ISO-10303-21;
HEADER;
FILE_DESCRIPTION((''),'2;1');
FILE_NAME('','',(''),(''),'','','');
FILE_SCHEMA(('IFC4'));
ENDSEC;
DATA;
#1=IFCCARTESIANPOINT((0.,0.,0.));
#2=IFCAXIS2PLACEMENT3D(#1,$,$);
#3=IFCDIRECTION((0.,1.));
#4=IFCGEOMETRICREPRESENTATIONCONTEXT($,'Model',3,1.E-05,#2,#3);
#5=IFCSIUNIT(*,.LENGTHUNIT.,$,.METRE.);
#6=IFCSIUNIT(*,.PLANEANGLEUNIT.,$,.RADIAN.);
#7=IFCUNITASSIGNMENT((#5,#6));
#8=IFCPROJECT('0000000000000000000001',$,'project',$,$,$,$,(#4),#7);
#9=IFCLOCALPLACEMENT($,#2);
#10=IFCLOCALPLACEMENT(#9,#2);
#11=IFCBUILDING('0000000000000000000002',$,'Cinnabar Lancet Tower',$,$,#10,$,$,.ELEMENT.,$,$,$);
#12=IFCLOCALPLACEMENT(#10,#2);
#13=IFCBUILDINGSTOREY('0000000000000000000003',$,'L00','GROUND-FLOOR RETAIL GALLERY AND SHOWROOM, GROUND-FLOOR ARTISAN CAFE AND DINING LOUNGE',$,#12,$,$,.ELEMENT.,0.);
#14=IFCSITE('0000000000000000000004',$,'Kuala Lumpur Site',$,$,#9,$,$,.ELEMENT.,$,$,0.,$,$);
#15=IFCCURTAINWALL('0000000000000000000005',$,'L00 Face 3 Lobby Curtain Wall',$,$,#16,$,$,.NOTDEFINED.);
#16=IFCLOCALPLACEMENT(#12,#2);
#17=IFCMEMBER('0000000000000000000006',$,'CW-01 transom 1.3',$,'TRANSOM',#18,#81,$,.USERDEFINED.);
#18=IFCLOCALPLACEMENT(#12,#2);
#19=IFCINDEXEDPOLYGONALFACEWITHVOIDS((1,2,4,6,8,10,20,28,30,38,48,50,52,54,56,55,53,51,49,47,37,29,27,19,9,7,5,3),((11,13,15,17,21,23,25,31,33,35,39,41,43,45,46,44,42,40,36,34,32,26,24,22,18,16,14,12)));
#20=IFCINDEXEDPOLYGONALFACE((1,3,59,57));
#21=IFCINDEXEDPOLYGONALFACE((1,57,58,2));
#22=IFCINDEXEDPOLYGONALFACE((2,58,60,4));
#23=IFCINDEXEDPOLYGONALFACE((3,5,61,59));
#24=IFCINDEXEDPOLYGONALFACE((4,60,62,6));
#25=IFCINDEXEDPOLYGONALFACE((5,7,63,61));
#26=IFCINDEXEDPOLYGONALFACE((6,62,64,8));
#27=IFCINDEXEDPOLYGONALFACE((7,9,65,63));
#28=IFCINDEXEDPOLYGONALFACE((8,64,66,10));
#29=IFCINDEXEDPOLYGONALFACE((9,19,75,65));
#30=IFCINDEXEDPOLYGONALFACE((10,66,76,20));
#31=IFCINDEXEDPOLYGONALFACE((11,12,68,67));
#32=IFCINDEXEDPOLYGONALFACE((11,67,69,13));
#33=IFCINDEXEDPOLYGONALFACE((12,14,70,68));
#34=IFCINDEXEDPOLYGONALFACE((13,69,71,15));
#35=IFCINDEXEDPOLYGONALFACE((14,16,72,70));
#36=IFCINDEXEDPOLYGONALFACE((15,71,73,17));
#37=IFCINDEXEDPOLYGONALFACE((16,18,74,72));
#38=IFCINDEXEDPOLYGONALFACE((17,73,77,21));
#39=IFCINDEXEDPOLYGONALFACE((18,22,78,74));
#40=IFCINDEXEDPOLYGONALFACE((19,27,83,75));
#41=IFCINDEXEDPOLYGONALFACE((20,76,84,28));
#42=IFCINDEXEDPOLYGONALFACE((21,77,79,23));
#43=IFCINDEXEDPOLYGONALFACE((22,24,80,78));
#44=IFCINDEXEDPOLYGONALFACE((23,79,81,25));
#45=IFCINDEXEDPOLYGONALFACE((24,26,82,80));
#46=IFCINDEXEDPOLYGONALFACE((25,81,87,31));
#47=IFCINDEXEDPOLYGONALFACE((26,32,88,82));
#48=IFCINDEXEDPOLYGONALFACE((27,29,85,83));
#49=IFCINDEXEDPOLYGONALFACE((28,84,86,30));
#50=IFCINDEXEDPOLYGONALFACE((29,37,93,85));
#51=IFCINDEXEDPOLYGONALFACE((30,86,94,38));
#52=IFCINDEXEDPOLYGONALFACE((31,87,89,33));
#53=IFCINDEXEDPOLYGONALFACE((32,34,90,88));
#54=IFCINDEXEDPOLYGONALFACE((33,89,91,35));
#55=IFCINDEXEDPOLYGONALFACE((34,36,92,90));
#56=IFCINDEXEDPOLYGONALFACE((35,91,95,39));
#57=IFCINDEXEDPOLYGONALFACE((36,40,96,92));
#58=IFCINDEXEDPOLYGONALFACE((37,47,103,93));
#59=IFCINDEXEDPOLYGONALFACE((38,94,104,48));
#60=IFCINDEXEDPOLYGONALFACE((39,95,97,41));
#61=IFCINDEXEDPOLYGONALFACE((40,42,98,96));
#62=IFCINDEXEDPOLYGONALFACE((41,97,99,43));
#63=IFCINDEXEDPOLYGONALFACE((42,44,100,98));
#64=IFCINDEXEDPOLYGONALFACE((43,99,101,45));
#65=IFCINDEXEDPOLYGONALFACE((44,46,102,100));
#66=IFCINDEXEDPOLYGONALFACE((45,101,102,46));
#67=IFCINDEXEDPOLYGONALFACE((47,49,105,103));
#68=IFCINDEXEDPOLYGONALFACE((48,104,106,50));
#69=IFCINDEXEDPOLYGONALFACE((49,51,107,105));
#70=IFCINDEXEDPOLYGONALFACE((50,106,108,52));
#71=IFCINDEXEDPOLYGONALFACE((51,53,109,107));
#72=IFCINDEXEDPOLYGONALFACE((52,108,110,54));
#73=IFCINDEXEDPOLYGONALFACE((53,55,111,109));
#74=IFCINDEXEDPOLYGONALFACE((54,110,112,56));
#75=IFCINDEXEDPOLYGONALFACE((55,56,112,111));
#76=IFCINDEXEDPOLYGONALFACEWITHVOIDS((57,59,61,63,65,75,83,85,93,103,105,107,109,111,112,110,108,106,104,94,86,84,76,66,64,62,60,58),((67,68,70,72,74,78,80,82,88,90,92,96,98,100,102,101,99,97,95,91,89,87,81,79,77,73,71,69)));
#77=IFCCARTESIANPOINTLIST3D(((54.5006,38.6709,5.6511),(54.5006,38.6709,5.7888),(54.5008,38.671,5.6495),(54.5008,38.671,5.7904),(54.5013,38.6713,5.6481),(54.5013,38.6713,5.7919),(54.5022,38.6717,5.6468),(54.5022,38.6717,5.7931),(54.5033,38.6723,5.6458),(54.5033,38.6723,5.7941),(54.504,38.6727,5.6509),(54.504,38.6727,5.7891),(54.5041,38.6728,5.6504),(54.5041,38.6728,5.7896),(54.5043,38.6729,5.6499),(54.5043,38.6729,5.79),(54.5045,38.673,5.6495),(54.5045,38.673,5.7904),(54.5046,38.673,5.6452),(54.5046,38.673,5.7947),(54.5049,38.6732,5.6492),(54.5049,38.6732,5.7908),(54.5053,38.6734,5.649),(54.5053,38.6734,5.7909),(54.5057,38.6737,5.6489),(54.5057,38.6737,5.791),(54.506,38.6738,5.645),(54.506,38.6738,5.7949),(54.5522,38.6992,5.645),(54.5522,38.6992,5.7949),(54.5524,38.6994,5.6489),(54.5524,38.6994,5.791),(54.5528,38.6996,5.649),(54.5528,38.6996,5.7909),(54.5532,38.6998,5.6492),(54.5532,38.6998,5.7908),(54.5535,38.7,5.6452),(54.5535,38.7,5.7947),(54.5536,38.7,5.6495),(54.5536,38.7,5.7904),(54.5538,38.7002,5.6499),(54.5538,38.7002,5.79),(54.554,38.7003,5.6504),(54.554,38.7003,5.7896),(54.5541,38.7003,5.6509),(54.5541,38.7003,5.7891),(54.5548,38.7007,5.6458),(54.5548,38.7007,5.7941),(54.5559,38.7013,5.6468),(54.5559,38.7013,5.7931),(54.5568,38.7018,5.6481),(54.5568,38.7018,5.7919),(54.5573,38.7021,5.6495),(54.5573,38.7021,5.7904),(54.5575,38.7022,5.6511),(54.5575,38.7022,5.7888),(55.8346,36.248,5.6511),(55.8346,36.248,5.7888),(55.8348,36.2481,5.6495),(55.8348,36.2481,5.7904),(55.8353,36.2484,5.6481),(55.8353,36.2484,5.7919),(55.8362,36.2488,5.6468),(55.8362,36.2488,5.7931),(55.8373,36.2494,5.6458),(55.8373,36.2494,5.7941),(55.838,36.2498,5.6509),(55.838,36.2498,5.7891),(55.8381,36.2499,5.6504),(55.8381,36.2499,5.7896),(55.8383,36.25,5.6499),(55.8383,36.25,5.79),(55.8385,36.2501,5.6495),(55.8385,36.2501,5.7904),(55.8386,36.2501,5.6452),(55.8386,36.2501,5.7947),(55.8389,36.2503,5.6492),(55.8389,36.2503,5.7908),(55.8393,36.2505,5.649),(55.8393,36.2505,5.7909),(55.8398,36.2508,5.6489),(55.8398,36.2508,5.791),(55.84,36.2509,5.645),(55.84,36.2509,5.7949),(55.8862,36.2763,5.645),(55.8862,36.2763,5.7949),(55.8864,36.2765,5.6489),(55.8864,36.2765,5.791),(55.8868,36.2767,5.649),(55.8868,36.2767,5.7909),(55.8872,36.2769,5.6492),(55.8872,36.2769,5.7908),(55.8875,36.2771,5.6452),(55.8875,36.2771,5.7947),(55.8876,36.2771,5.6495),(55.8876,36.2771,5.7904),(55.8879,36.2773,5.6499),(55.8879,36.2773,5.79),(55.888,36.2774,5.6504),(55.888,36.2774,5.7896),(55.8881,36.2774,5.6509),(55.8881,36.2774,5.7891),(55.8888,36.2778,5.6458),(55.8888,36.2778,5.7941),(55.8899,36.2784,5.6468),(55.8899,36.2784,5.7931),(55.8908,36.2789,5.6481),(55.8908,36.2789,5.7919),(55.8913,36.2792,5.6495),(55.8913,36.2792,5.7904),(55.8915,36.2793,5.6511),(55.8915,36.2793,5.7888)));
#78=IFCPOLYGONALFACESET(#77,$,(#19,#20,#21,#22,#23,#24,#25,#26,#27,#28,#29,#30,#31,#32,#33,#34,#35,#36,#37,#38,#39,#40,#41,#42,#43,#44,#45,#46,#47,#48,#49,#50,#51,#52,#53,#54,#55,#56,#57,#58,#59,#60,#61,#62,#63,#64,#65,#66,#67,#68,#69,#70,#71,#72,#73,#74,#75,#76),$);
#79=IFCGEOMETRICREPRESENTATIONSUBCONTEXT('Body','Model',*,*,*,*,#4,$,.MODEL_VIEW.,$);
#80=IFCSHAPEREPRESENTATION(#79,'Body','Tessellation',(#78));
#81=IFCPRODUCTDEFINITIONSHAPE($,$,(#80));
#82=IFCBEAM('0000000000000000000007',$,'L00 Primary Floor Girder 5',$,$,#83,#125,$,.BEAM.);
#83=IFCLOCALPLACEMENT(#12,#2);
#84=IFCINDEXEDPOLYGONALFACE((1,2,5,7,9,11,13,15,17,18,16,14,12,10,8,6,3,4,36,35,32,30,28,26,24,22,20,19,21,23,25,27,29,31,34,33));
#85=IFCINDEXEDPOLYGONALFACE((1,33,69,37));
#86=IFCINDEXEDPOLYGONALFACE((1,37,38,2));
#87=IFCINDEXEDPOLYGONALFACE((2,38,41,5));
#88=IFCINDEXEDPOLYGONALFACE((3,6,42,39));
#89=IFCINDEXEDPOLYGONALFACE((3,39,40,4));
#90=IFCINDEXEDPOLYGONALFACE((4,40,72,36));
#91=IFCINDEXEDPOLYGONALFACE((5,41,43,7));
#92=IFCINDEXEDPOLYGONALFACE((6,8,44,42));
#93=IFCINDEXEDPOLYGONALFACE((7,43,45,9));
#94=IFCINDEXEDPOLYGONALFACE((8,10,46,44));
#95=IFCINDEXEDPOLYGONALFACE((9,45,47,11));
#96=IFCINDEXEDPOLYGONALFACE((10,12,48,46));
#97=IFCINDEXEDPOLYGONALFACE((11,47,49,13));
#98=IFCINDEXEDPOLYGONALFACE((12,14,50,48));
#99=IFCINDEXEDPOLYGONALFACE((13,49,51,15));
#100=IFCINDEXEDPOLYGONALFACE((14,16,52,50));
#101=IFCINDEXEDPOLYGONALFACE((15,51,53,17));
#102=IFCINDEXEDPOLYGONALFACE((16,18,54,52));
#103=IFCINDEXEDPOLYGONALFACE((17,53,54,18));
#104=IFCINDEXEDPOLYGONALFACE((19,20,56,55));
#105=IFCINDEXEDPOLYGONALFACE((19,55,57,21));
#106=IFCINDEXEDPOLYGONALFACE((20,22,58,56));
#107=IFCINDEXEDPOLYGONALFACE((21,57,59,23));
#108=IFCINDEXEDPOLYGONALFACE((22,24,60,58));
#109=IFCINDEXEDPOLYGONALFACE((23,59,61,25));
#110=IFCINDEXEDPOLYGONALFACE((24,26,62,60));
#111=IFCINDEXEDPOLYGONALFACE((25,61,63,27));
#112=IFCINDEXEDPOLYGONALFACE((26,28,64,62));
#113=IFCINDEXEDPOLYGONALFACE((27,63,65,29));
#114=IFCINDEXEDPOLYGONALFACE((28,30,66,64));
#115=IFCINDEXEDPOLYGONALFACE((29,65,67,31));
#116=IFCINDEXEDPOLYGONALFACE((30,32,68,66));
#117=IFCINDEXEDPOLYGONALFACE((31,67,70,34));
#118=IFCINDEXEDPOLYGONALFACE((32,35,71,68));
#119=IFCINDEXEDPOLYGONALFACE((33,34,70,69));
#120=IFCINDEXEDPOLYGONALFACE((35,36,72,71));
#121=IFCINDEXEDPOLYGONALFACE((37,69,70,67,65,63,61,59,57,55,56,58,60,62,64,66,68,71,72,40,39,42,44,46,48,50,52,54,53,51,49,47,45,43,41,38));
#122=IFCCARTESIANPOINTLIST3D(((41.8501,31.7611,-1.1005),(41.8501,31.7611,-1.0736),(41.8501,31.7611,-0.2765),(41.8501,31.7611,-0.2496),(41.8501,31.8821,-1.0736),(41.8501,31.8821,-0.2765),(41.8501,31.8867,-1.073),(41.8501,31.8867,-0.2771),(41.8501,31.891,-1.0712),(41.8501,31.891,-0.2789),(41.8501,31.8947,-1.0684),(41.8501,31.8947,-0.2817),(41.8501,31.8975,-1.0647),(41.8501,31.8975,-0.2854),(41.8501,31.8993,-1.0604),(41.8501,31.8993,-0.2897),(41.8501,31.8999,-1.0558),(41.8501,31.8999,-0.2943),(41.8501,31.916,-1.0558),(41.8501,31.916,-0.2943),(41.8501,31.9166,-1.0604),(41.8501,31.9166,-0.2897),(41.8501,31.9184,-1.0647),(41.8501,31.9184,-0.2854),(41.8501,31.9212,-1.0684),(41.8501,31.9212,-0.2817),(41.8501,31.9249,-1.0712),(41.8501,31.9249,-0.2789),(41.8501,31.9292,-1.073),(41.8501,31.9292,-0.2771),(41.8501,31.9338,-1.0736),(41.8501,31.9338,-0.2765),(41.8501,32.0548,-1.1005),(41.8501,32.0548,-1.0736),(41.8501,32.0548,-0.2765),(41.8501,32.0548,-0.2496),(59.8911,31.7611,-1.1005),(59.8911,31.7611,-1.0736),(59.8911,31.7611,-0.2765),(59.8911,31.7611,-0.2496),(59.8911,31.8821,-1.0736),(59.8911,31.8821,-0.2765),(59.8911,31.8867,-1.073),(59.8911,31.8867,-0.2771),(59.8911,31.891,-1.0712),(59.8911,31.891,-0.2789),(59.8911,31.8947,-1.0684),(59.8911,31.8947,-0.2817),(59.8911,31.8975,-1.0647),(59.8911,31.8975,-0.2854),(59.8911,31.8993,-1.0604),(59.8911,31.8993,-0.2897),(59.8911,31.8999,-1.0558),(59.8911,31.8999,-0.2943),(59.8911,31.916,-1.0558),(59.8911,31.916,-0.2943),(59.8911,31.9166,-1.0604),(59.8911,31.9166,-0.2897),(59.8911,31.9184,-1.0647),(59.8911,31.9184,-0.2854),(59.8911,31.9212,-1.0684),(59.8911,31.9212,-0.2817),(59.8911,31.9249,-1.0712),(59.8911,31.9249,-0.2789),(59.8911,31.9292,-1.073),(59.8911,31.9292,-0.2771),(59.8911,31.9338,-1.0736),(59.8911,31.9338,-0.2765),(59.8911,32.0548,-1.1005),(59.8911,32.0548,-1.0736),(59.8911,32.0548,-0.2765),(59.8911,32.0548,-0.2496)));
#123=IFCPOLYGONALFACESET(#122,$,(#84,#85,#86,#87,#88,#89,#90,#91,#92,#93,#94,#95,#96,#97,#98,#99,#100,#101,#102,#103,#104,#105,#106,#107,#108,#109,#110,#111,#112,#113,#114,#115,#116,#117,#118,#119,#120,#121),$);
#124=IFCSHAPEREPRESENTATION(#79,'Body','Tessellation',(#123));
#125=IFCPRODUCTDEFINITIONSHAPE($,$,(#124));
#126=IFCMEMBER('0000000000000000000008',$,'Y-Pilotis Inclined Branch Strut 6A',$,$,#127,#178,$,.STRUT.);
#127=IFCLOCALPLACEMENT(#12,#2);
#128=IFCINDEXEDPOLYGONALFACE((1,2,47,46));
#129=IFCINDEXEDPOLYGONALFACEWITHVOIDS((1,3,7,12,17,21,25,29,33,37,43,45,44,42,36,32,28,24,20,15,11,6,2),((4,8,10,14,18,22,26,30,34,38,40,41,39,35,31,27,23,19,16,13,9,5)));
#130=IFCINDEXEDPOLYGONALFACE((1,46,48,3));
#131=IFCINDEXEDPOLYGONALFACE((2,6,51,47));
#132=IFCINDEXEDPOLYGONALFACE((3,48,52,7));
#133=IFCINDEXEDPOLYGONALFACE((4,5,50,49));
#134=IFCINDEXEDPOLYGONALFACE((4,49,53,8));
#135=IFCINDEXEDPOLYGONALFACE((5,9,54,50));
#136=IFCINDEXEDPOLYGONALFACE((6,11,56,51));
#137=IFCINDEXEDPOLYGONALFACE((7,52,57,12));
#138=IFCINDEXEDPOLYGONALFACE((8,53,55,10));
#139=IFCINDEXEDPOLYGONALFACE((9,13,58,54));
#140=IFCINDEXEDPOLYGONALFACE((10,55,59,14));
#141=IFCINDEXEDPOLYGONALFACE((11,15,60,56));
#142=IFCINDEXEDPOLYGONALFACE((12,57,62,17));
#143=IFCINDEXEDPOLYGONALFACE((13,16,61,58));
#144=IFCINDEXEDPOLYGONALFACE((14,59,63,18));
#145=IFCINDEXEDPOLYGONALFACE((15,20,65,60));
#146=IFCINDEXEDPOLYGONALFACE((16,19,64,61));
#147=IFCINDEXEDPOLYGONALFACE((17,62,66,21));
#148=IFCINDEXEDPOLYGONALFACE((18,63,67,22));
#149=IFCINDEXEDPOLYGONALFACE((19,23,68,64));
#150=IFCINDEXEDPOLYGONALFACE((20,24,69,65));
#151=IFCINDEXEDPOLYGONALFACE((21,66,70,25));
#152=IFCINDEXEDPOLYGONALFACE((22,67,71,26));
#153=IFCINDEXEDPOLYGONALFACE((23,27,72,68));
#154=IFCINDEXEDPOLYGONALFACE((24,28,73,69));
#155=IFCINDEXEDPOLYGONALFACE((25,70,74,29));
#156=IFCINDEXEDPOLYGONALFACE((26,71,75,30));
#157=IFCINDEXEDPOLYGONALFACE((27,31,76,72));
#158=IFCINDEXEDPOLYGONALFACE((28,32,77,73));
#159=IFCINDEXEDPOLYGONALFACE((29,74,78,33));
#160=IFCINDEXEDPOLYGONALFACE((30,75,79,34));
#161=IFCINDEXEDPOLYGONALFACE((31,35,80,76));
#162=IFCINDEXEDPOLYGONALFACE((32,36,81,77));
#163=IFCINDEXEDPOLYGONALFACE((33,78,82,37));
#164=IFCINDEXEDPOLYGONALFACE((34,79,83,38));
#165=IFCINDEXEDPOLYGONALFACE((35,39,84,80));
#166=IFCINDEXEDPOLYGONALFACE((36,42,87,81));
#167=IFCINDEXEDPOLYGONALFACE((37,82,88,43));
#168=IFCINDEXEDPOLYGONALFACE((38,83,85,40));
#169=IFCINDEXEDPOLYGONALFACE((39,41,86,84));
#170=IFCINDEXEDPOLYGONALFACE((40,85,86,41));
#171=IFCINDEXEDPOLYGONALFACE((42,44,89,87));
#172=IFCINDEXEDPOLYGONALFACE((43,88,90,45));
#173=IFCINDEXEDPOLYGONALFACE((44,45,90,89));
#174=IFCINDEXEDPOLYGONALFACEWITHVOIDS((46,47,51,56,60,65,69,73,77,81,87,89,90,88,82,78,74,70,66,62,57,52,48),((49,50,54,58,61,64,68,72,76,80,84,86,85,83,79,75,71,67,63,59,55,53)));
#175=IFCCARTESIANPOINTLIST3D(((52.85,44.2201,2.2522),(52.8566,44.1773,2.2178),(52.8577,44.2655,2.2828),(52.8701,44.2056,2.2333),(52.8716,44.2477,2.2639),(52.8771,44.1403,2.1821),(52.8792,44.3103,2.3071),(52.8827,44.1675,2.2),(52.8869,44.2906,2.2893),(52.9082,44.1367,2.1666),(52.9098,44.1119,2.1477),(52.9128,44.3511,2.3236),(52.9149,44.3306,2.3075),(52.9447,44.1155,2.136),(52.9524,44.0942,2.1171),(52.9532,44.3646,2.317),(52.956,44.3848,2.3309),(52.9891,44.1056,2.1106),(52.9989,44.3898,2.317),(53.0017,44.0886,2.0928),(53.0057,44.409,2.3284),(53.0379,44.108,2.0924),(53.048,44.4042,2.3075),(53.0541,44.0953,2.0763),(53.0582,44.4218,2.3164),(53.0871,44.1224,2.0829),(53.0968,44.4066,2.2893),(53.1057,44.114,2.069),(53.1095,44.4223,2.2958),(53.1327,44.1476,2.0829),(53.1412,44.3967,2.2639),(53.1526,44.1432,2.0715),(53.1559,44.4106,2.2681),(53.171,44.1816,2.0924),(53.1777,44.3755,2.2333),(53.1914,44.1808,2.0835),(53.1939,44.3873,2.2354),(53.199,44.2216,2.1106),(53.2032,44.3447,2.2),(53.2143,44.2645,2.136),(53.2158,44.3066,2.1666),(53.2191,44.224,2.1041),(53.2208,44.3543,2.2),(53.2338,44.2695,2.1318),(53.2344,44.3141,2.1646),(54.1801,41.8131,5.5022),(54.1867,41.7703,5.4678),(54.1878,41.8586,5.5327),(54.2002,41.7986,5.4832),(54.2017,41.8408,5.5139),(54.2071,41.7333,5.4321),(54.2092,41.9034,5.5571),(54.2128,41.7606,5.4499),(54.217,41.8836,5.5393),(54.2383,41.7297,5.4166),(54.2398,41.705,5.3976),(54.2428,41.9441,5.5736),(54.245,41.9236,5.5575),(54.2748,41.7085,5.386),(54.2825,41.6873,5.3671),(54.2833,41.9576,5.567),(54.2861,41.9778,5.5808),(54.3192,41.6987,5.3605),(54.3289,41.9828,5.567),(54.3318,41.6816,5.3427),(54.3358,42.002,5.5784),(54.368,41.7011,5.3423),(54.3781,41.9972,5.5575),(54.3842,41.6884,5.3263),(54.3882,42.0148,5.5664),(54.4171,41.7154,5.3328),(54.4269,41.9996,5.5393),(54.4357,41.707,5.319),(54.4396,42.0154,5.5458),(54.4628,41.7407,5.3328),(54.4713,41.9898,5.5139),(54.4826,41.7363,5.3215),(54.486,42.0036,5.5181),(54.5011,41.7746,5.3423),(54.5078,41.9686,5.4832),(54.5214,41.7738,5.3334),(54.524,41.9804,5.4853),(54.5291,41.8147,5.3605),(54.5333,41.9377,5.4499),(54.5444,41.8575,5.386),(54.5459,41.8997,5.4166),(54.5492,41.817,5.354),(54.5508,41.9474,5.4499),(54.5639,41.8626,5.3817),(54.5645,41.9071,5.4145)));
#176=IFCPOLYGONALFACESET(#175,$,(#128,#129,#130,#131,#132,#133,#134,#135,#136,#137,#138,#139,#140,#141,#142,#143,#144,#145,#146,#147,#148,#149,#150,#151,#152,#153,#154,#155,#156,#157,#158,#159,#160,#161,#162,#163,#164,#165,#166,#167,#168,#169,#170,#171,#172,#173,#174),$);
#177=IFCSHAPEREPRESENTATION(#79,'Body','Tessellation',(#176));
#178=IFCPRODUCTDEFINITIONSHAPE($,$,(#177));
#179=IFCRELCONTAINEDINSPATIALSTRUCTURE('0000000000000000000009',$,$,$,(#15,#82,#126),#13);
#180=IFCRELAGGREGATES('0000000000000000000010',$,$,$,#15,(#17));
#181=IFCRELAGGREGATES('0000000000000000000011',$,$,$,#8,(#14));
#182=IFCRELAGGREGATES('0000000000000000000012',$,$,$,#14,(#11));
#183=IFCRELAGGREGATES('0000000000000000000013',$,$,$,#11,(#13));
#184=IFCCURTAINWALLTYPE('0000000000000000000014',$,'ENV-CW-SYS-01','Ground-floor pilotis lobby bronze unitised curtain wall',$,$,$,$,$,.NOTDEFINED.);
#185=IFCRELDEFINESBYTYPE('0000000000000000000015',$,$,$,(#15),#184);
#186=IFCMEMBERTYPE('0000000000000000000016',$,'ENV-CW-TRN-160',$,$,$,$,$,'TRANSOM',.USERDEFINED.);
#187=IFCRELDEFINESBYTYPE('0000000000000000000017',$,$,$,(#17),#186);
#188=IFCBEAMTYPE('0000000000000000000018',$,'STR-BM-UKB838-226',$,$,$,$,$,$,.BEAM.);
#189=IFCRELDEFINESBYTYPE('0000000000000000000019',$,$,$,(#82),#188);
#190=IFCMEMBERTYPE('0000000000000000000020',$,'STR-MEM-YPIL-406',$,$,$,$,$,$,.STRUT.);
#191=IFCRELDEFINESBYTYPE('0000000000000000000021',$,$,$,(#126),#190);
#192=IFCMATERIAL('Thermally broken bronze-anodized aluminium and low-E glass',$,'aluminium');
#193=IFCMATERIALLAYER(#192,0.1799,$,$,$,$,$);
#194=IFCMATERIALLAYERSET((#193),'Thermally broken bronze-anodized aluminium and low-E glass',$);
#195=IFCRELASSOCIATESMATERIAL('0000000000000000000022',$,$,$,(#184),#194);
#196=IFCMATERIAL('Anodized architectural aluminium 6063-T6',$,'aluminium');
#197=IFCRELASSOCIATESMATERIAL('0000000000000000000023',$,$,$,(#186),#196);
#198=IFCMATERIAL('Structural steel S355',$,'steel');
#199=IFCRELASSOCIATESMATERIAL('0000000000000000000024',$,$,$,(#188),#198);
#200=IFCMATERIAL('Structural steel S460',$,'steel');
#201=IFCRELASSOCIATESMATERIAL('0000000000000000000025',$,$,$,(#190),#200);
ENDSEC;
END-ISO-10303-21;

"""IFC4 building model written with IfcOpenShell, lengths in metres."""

from ifc_helpers import new_model, si_unit, direction, frame, origin, origin_2d, place, context, subcontext, project, spatial, hollow_rectangle, hollow_circle, i_section, extrude, material, layer, layer_set, material_profile, profile_set, type_object, element, aggregate, save


model = new_model("IFC4")

# Units and contexts
model_context = context("Model", 3, precision=1e-05, world=origin(), true_north=direction((0.0, 1.0)))
body_context = subcontext(model_context, "Body", "Model", "MODEL_VIEW")
ifc_project = project(units=[si_unit("LENGTHUNIT", "METRE"), si_unit("PLANEANGLEUNIT", "RADIAN")], contexts=[model_context])

# Site, building, storey
site_placement = place(None, origin())
site = spatial("IfcSite", under=ifc_project, at=site_placement, Name="Kuala Lumpur Site", CompositionType="ELEMENT", RefElevation=0.0)
building_placement = place(site_placement, origin())
building = spatial("IfcBuilding", under=site, at=building_placement, Name="Cinnabar Lancet Tower", CompositionType="ELEMENT")
storey_placement = place(building_placement, origin())
storey = spatial("IfcBuildingStorey", under=building, at=storey_placement, Name="L00", Description="GROUND-FLOOR RETAIL GALLERY AND SHOWROOM, GROUND-FLOOR ARTISAN CAFE AND DINING LOUNGE", CompositionType="ELEMENT", Elevation=0.0)

# Curtain wall, member
ifc_material_1 = material(Name="Thermally broken bronze-anodized aluminium and low-E glass", Category="aluminium")
ifc_layer_1 = layer(ifc_material_1, 0.1799)
ifc_layer_set_1 = layer_set([ifc_layer_1], Name="Thermally broken bronze-anodized aluminium and low-E glass")
curtain_wall_type = type_object("IfcCurtainWallType", Name="ENV-CW-SYS-01", Description="Ground-floor pilotis lobby bronze unitised curtain wall", PredefinedType="NOTDEFINED", material=ifc_layer_set_1)
curtain_wall_placement = place(storey_placement, origin())
curtain_wall = element("IfcCurtainWall", 1, at=curtain_wall_placement, inside=storey, type_object=curtain_wall_type, Name="L00 Face 3 Lobby Curtain Wall", PredefinedType="NOTDEFINED")
ifc_material_2 = material(Name="Anodized architectural aluminium 6063-T6", Category="aluminium")
ifc_material_profile_1 = material_profile(ifc_material_2, hollow_rectangle(XDim=0.0649, YDim=0.1499, WallThickness=0.0039, InnerFilletRadius=0.002, OuterFilletRadius=0.0061, at=origin_2d()), Name="CW-TRN 150x65x4")
ifc_profile_set_1 = profile_set([ifc_material_profile_1], Name="Anodized architectural aluminium 6063-T6")
member_type_1 = type_object("IfcMemberType", Name="ENV-CW-TRN-160", ElementType="TRANSOM", PredefinedType="USERDEFINED", material=ifc_profile_set_1)
member_1_placement = place(storey_placement, frame((54.5291, 38.6865, 5.72), z_axis=(0.482312, -0.876, 0.0), x_axis=(0.876, 0.482312, 0.0)))
member_1 = element("IfcMember", 2, at=member_1_placement, type_object=member_type_1, Name="CW-01 transom 1.3", ObjectType="TRANSOM", PredefinedType="USERDEFINED", context=body_context, shape_type="SweptSolid", body=[
    extrude(hollow_rectangle(XDim=0.0649, YDim=0.1499, WallThickness=0.0039, InnerFilletRadius=0.002, OuterFilletRadius=0.0061, at=origin_2d()), origin(), (0.0, 0.0, 1.0), 2.7659),
])

# Beam
ifc_material_3 = material(Name="Structural steel S355", Category="steel")
ifc_material_profile_2 = material_profile(ifc_material_3, i_section(OverallWidth=0.2937, OverallDepth=0.8508, WebThickness=0.0161, FlangeThickness=0.0269, FilletRadius=0.0178, at=origin_2d()), Name="UKB 838x292x226")
ifc_profile_set_2 = profile_set([ifc_material_profile_2], Name="Structural steel S355")
beam_type = type_object("IfcBeamType", Name="STR-BM-UKB838-226", PredefinedType="BEAM", material=ifc_profile_set_2)
beam_placement = place(storey_placement, frame((59.8911, 31.908, -0.675), z_axis=(-1.0, 0.0, 0.0), x_axis=(0.0, -1.0, 0.0)))
element("IfcBeam", 3, at=beam_placement, inside=storey, type_object=beam_type, Name="L00 Primary Floor Girder 5", PredefinedType="BEAM", context=body_context, shape_type="SweptSolid", body=[
    extrude(i_section(OverallWidth=0.2937, OverallDepth=0.8508, WebThickness=0.0161, FlangeThickness=0.0269, FilletRadius=0.0178, at=origin_2d()), origin(), (0.0, 0.0, 1.0), 18.041),
])

# Member
ifc_material_4 = material(Name="Structural steel S460", Category="steel")
ifc_material_profile_3 = material_profile(ifc_material_4, hollow_circle(Radius=0.2031, WallThickness=0.02, at=origin_2d()), Name="CHS 406.4x20")
ifc_profile_set_3 = profile_set([ifc_material_profile_3], Name="Structural steel S460")
member_type_2 = type_object("IfcMemberType", Name="STR-MEM-YPIL-406", PredefinedType="STRUT", material=ifc_profile_set_3)
for number, where, z_axis, x_axis, name in (
    (4, (53.043, 44.2561, 2.2), (0.312418, -0.565369, 0.763383), (0.875256, 0.483659, 0.0), "Y-Pilotis Inclined Branch Strut 6A"),
):
    element("IfcMember", number, at=place(storey_placement, frame(where, z_axis=z_axis, x_axis=x_axis)), inside=storey, type_object=member_type_2, Name=name, PredefinedType="STRUT", context=body_context, shape_type="SweptSolid", body=[
        extrude(hollow_circle(Radius=0.2031, WallThickness=0.02, at=origin_2d()), origin(), (0.0, 0.0, 1.0), 4.2573),
    ])

aggregate(curtain_wall, [member_1])

save(model, "model.ifc")
